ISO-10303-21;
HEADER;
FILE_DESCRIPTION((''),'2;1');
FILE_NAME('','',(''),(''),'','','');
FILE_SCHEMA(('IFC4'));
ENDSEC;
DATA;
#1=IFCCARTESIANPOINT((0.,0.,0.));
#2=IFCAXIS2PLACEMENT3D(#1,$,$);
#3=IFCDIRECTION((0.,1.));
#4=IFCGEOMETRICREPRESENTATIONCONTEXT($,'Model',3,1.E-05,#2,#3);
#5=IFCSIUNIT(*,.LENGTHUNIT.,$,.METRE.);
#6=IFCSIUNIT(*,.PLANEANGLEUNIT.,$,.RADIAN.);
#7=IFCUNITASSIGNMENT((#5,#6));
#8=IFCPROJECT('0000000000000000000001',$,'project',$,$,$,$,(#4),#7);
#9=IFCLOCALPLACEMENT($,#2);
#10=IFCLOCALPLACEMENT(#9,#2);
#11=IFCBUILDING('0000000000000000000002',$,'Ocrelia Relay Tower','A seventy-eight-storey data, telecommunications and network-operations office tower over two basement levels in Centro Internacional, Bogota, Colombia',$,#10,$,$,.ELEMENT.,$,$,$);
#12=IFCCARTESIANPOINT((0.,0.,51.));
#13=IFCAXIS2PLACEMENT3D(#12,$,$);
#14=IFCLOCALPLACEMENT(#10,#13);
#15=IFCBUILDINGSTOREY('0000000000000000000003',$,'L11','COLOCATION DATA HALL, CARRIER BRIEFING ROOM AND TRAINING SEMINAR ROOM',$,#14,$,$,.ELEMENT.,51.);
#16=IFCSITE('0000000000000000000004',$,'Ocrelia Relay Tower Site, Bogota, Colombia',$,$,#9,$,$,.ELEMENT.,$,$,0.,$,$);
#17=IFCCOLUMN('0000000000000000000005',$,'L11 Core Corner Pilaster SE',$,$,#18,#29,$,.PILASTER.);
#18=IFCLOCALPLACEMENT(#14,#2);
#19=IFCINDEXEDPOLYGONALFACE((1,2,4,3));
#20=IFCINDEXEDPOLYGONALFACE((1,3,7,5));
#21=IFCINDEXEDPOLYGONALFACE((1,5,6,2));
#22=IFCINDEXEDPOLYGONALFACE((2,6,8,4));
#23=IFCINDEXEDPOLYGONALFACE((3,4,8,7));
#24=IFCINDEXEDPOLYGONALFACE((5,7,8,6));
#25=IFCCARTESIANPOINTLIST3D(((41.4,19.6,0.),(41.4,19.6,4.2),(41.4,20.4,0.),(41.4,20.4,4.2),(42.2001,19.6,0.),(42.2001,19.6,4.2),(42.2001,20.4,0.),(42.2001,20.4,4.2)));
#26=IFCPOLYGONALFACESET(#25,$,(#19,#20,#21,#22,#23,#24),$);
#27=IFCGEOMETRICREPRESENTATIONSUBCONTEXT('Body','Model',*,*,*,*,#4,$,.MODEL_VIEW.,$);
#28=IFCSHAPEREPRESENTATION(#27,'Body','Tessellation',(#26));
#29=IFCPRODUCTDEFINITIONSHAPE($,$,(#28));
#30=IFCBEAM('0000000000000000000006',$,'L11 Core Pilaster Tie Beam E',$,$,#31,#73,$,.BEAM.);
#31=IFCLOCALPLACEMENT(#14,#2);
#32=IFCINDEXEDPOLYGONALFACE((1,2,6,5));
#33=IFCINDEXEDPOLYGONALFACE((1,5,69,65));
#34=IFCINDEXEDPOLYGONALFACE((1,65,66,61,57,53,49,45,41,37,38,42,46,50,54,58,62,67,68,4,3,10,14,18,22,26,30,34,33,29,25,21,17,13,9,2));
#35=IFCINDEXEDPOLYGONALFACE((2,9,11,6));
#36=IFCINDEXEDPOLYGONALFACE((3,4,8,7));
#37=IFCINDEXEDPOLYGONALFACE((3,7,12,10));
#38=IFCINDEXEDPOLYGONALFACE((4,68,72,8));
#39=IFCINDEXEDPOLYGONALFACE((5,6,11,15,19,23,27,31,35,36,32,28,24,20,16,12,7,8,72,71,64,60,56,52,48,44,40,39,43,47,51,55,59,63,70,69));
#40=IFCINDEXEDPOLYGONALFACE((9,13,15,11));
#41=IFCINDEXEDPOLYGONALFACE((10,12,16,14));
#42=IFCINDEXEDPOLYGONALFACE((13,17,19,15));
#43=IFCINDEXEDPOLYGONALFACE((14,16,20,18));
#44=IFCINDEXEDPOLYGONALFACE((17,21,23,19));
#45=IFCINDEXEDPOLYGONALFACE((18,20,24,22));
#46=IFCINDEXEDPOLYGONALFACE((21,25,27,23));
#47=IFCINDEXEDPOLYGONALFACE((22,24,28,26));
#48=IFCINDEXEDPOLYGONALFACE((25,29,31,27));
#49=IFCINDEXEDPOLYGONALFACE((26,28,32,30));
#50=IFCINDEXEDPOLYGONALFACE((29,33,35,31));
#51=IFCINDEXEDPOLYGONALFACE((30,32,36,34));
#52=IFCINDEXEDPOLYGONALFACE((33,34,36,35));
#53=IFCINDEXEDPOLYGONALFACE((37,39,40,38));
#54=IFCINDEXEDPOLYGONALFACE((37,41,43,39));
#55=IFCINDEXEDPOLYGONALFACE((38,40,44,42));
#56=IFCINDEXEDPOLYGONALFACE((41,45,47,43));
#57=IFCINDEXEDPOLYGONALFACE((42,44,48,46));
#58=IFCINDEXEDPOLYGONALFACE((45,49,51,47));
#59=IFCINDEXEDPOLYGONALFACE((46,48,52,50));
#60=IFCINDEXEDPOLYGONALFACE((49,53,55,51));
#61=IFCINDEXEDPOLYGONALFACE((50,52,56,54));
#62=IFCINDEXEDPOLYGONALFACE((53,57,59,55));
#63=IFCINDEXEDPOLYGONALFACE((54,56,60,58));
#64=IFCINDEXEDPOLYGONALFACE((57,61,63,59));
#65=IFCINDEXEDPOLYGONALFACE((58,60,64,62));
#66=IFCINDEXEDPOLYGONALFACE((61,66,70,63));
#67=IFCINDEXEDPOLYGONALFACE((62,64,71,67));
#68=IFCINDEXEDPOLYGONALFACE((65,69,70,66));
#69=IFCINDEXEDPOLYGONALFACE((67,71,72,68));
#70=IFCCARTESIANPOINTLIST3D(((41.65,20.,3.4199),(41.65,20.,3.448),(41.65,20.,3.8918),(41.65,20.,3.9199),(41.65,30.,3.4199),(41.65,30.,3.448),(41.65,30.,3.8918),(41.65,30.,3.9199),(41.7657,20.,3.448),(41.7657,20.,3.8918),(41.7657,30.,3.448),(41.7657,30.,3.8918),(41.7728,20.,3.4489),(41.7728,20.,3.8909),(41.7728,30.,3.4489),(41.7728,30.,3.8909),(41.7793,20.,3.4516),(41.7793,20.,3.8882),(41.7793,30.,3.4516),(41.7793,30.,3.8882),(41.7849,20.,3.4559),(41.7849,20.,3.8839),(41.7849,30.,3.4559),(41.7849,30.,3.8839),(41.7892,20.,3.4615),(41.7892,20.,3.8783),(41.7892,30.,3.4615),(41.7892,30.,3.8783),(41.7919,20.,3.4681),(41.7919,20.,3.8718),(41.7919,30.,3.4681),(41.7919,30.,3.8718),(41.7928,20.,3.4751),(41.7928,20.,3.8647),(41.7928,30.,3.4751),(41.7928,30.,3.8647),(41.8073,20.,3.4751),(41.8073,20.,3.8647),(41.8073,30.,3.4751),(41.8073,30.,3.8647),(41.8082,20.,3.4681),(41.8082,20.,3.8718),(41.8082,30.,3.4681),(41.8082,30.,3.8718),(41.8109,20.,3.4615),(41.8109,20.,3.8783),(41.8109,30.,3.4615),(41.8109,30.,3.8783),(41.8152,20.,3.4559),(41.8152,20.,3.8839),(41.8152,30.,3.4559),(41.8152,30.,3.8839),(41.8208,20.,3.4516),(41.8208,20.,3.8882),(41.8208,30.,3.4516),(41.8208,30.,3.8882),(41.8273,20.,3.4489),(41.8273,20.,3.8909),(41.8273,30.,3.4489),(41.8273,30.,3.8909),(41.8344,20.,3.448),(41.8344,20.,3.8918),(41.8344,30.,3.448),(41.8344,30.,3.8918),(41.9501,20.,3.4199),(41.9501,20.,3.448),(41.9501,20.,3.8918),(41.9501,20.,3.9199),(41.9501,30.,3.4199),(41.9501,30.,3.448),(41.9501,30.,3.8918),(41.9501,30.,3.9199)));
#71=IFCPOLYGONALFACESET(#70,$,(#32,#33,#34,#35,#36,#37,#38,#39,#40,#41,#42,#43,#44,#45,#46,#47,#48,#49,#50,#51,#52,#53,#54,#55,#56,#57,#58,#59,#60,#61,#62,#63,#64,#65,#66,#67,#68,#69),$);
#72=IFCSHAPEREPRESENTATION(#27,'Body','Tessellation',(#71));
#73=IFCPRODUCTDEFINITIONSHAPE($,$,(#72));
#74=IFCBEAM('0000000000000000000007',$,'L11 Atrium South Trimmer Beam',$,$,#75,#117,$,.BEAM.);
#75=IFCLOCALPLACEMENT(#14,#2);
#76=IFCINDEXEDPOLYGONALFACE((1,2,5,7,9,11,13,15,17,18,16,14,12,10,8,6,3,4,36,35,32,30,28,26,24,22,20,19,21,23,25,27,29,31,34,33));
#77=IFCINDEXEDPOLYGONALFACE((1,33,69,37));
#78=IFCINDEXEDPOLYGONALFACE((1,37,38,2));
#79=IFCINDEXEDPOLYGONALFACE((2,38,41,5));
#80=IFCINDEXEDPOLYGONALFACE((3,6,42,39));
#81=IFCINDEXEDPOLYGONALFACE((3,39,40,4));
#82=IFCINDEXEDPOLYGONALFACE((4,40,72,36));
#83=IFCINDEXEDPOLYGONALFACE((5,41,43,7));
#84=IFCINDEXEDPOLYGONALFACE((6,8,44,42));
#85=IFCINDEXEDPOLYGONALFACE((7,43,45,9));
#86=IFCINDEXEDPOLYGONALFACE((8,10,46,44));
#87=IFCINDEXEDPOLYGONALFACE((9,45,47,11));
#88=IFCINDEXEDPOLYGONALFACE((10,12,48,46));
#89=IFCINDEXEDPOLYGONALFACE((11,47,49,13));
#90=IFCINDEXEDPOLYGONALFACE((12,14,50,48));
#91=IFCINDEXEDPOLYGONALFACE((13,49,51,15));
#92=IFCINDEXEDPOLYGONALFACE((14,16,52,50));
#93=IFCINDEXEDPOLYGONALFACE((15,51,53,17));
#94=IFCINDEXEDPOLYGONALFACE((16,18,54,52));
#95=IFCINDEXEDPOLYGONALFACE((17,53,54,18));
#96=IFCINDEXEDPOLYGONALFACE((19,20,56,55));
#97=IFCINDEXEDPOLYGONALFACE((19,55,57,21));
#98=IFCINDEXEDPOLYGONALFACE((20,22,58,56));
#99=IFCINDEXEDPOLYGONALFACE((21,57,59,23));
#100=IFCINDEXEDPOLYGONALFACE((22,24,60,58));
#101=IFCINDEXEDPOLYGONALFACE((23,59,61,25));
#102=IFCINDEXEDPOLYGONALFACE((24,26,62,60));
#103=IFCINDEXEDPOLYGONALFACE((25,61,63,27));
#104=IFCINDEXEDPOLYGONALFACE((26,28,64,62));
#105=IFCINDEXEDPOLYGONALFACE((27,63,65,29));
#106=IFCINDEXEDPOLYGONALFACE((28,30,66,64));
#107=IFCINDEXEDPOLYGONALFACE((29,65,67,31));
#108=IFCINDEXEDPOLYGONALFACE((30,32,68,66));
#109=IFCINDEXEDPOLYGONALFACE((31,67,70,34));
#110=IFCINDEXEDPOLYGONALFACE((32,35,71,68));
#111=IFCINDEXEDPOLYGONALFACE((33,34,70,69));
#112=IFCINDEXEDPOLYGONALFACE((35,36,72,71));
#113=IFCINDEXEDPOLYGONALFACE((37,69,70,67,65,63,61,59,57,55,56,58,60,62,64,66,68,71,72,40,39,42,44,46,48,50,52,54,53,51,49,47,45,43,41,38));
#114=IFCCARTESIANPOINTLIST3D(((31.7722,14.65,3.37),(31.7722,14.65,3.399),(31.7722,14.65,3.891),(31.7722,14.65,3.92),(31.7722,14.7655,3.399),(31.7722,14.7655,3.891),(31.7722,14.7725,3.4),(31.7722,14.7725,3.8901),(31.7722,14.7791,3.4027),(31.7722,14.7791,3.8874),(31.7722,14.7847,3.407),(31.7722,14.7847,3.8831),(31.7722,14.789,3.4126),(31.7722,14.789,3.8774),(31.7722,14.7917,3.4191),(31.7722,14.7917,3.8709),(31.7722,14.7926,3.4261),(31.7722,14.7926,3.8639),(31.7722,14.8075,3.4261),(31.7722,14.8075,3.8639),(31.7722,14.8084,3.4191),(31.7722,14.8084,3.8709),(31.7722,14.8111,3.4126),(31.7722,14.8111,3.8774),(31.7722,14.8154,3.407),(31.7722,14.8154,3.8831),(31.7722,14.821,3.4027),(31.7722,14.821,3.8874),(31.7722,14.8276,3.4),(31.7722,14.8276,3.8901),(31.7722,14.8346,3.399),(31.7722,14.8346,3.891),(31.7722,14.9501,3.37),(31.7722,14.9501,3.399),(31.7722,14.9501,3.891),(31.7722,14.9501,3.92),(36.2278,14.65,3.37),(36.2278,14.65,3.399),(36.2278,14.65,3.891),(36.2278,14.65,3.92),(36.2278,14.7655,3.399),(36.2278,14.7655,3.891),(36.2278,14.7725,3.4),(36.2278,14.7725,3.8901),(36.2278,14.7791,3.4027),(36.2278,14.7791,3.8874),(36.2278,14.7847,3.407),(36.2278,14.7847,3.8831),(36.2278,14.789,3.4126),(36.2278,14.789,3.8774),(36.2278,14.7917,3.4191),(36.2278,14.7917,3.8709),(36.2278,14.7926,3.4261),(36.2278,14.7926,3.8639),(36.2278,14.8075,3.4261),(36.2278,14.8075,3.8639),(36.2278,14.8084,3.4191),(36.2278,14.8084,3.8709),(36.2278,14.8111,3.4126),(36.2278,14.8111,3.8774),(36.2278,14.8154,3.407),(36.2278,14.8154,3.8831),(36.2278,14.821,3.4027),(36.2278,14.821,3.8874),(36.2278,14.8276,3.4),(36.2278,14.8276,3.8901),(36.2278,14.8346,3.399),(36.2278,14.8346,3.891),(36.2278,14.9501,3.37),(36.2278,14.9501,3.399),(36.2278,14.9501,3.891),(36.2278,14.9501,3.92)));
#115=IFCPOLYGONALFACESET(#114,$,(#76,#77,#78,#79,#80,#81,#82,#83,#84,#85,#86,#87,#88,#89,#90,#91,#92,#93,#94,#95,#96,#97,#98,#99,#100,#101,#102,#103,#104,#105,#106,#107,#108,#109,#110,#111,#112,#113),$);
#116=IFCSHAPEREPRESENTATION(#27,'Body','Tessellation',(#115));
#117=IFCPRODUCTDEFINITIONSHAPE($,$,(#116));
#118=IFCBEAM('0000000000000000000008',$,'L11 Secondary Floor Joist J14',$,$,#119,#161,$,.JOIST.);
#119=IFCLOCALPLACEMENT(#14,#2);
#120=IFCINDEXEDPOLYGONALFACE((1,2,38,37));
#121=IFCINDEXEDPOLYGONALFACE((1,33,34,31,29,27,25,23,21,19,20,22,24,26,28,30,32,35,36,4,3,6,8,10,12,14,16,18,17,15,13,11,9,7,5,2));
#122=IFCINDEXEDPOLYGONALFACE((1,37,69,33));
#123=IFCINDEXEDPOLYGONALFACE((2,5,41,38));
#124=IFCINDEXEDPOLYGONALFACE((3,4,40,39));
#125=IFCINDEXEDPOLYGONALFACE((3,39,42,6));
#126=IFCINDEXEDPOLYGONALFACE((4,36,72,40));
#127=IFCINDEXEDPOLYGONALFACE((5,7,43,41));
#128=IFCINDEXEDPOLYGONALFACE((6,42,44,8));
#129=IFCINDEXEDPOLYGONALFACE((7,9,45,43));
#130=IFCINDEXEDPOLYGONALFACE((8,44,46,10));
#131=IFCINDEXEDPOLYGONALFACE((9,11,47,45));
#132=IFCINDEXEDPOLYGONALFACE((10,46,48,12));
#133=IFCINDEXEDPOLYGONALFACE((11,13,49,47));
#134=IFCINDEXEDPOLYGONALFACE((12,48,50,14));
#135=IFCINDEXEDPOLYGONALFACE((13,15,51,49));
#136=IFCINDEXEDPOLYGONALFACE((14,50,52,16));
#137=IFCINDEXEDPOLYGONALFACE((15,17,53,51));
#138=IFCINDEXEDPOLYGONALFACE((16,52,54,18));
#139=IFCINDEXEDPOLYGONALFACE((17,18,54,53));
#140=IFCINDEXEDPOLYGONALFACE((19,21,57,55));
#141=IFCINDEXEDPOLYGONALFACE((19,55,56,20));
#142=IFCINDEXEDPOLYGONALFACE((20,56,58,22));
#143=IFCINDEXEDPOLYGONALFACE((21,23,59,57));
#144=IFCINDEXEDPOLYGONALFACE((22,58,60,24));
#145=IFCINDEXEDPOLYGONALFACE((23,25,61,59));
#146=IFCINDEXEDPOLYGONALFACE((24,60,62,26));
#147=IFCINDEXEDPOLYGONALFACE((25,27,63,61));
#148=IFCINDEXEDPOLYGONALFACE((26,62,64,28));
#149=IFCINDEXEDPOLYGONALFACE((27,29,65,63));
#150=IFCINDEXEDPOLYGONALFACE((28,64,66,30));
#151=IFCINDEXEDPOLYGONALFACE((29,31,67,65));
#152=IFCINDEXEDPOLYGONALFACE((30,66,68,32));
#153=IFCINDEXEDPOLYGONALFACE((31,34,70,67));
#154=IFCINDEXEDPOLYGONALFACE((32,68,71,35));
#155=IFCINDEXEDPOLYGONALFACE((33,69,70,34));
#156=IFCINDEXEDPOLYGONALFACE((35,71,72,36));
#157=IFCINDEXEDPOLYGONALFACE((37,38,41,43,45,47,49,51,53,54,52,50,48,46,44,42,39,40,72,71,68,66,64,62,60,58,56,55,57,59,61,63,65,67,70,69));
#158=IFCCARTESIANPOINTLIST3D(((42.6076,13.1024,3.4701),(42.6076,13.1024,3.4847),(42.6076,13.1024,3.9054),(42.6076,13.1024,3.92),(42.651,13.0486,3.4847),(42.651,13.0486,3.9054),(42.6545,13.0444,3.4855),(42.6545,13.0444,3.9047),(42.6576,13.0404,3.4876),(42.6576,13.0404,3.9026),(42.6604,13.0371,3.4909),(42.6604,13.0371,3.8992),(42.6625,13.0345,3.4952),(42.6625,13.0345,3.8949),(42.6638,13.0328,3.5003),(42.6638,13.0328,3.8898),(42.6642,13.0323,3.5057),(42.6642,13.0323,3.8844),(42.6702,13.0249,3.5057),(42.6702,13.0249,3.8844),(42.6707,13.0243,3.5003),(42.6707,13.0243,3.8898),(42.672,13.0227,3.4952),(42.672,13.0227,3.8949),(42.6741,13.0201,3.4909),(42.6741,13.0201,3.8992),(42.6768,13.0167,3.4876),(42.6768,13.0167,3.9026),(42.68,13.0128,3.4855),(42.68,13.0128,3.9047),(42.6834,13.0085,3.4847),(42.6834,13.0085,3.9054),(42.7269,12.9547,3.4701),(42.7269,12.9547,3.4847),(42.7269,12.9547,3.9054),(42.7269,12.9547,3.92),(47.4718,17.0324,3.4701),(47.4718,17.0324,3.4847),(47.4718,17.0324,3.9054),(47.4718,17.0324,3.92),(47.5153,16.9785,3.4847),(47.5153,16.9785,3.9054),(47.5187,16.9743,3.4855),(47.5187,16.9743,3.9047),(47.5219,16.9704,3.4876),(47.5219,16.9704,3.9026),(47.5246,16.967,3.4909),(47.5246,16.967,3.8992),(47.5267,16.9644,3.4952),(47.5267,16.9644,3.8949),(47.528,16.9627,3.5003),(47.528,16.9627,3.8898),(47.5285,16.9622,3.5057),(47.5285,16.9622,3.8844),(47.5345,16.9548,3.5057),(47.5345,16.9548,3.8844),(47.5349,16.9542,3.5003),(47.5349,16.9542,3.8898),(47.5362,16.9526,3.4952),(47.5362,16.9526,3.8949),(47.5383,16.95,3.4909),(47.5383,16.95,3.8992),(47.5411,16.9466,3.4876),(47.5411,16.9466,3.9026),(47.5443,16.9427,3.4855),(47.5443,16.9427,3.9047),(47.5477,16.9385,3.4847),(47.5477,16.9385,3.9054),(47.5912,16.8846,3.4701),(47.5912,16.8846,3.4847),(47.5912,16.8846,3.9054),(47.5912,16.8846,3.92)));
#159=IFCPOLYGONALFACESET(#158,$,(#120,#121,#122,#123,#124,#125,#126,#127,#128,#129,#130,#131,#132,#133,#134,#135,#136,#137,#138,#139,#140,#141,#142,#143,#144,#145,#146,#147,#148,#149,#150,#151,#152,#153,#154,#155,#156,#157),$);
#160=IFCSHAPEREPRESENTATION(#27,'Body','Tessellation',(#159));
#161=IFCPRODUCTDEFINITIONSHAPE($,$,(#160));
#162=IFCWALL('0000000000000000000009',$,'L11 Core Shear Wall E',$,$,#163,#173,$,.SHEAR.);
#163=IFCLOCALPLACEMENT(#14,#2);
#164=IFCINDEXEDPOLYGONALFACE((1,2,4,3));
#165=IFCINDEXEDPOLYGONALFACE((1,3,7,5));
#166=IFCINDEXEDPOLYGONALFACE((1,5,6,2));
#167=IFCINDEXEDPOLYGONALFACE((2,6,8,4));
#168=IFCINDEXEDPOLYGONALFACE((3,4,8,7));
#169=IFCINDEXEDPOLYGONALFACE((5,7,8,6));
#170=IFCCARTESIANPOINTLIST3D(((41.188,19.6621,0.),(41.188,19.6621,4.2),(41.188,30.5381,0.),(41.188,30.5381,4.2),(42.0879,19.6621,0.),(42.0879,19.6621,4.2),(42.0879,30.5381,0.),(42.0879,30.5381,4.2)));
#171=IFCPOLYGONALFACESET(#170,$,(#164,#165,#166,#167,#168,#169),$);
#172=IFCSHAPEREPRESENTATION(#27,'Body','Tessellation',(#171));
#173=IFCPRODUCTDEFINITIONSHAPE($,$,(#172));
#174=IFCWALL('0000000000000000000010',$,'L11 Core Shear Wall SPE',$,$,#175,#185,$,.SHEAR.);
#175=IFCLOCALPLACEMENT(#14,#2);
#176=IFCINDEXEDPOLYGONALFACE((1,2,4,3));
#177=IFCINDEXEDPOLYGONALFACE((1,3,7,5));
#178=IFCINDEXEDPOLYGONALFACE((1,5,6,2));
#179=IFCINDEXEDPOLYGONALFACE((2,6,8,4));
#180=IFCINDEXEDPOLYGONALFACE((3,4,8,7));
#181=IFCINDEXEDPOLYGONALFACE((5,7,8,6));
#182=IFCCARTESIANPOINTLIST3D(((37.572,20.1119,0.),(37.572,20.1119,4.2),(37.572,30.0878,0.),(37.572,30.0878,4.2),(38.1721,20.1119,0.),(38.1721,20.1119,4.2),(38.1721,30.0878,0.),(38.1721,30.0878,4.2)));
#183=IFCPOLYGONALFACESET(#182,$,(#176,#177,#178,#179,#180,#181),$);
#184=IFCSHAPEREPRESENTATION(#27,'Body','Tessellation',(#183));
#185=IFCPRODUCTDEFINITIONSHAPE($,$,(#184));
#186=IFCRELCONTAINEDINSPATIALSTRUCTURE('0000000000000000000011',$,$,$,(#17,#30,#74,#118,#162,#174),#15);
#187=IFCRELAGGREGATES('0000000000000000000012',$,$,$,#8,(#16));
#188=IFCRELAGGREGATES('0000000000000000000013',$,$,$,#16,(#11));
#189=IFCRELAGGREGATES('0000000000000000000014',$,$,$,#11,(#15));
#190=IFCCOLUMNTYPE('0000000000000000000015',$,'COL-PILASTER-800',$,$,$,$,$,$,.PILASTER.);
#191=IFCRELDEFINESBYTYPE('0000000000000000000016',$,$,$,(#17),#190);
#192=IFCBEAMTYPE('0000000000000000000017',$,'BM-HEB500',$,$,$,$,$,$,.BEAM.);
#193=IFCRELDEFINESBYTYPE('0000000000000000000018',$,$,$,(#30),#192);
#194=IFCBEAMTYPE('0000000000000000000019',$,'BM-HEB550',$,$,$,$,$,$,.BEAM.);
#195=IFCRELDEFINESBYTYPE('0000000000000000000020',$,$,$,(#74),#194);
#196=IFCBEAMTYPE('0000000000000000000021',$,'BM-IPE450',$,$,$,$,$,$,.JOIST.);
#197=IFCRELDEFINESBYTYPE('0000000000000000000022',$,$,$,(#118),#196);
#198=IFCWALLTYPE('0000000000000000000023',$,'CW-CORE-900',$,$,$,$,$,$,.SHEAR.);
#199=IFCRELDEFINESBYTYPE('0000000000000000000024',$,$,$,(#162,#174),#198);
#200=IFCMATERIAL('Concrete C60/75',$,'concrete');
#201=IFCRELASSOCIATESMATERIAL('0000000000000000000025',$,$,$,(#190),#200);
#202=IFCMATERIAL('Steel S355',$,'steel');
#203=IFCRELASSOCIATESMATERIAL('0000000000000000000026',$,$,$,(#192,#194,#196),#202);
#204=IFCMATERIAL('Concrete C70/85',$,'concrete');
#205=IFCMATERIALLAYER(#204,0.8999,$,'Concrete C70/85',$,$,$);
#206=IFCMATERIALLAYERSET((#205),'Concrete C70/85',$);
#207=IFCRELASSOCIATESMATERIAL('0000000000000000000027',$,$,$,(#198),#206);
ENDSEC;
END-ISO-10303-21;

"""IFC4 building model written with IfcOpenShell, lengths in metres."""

from ifc_helpers import new_model, si_unit, direction, frame, frame_2d, origin, origin_2d, place, context, subcontext, project, spatial, rectangle, i_section, extrude, material, layer, layer_set, material_profile, profile_set, type_object, element, save


model = new_model("IFC4")

# Units and contexts
model_context = context("Model", 3, precision=1e-05, world=origin(), true_north=direction((0.0, 1.0)))
body_context = subcontext(model_context, "Body", "Model", "MODEL_VIEW")
ifc_project = project(units=[si_unit("LENGTHUNIT", "METRE"), si_unit("PLANEANGLEUNIT", "RADIAN")], contexts=[model_context])

# Site, building, storey
site_placement = place(None, origin())
site = spatial("IfcSite", under=ifc_project, at=site_placement, Name="Ocrelia Relay Tower Site, Bogota, Colombia", CompositionType="ELEMENT", RefElevation=0.0)
building_placement = place(site_placement, origin())
building = spatial("IfcBuilding", under=site, at=building_placement, Name="Ocrelia Relay Tower", Description="A seventy-eight-storey data, telecommunications and network-operations office tower over two basement levels in Centro Internacional, Bogota, Colombia", CompositionType="ELEMENT")
storey_placement = place(building_placement, frame((0.0, 0.0, 51.0)))
storey = spatial("IfcBuildingStorey", under=building, at=storey_placement, Name="L11", Description="COLOCATION DATA HALL, CARRIER BRIEFING ROOM AND TRAINING SEMINAR ROOM", CompositionType="ELEMENT", Elevation=51.0)

# Column
ifc_material_1 = material(Name="Concrete C60/75", Category="concrete")
ifc_material_profile_1 = material_profile(ifc_material_1, rectangle(XDim=0.8, YDim=0.8, at=origin_2d()), Name="RC-COL-800x800")
ifc_profile_set_1 = profile_set([ifc_material_profile_1], Name="Concrete C60/75")
column_type = type_object("IfcColumnType", Name="COL-PILASTER-800", PredefinedType="PILASTER", material=ifc_profile_set_1)
column_placement = place(storey_placement, frame((41.8, 20.0, 0.0), z_axis=(0.0, 0.0, 1.0), x_axis=(1.0, 0.0, 0.0)))
element("IfcColumn", 1, at=column_placement, inside=storey, type_object=column_type, Name="L11 Core Corner Pilaster SE", PredefinedType="PILASTER", context=body_context, shape_type="SweptSolid", body=[
    extrude(rectangle(XDim=0.8, YDim=0.8, at=origin_2d()), origin(), (0.0, 0.0, 1.0), 4.2),
])

# Beams
ifc_material_2 = material(Name="Steel S355", Category="steel")
ifc_material_profile_2 = material_profile(ifc_material_2, i_section(OverallWidth=0.3, OverallDepth=0.5, WebThickness=0.0144, FlangeThickness=0.0281, FilletRadius=0.0271, at=origin_2d()), Name="HEB 500")
ifc_profile_set_2 = profile_set([ifc_material_profile_2], Name="Steel S355")
beam_type_1 = type_object("IfcBeamType", Name="BM-HEB500", PredefinedType="BEAM", material=ifc_profile_set_2)
beam_1_placement = place(storey_placement, frame((41.8, 20.0, 3.6699), z_axis=(0.0, 1.0, 0.0), x_axis=(-1.0, 0.0, 0.0)))
element("IfcBeam", 2, at=beam_1_placement, inside=storey, type_object=beam_type_1, Name="L11 Core Pilaster Tie Beam E", PredefinedType="BEAM", context=body_context, shape_type="SweptSolid", body=[
    extrude(i_section(OverallWidth=0.3, OverallDepth=0.5, WebThickness=0.0144, FlangeThickness=0.0281, FilletRadius=0.0271, at=origin_2d()), origin(), (0.0, 0.0, 1.0), 10.0),
])
ifc_material_profile_3 = material_profile(ifc_material_2, i_section(OverallWidth=0.3, OverallDepth=0.55, WebThickness=0.0149, FlangeThickness=0.0291, FilletRadius=0.0271, at=origin_2d()), Name="HEB 550")
ifc_profile_set_3 = profile_set([ifc_material_profile_3], Name="Steel S355")
beam_type_2 = type_object("IfcBeamType", Name="BM-HEB550", PredefinedType="BEAM", material=ifc_profile_set_3)
beam_2_placement = place(storey_placement, frame((31.7722, 14.8, 3.645), z_axis=(1.0, 0.0, 0.0), x_axis=(0.0, 1.0, 0.0)))
element("IfcBeam", 3, at=beam_2_placement, inside=storey, type_object=beam_type_2, Name="L11 Atrium South Trimmer Beam", PredefinedType="BEAM", context=body_context, shape_type="SweptSolid", body=[
    extrude(i_section(OverallWidth=0.3, OverallDepth=0.55, WebThickness=0.0149, FlangeThickness=0.0291, FilletRadius=0.0271, at=origin_2d()), origin(), (0.0, 0.0, 1.0), 4.4556),
])
ifc_material_profile_4 = material_profile(ifc_material_2, i_section(OverallWidth=0.1899, OverallDepth=0.45, WebThickness=0.0095, FlangeThickness=0.0146, FilletRadius=0.021, at=origin_2d()), Name="IPE 450")
ifc_profile_set_4 = profile_set([ifc_material_profile_4], Name="Steel S355")
beam_type_3 = type_object("IfcBeamType", Name="BM-IPE450", PredefinedType="JOIST", material=ifc_profile_set_4)
beam_3_placement = place(storey_placement, frame((42.6672, 13.0286, 3.6951), z_axis=(0.777855, 0.628444, 0.0), x_axis=(-0.628444, 0.777855, 0.0)))
element("IfcBeam", 4, at=beam_3_placement, inside=storey, type_object=beam_type_3, Name="L11 Secondary Floor Joist J14", PredefinedType="JOIST", context=body_context, shape_type="SweptSolid", body=[
    extrude(i_section(OverallWidth=0.1899, OverallDepth=0.45, WebThickness=0.0095, FlangeThickness=0.0146, FilletRadius=0.021, at=origin_2d()), origin(), (0.0, 0.0, 1.0), 6.2534),
])

# Walls
ifc_material_3 = material(Name="Concrete C70/85", Category="concrete")
ifc_layer_1 = layer(ifc_material_3, 0.8999, Name="Concrete C70/85")
ifc_layer_set_1 = layer_set([ifc_layer_1], Name="Concrete C70/85")
wall_type_1 = type_object("IfcWallType", Name="CW-CORE-900", PredefinedType="SHEAR", material=ifc_layer_set_1)
wall_1_placement = place(storey_placement, frame((41.6379, 19.6621, 0.0), z_axis=(0.0, 0.0, 1.0), x_axis=(0.0, 1.0, 0.0)))
element("IfcWall", 5, at=wall_1_placement, inside=storey, type_object=wall_type_1, Name="L11 Core Shear Wall E", PredefinedType="SHEAR", context=body_context, shape_type="SweptSolid", body=[
    extrude(rectangle(XDim=10.876, YDim=0.8999, at=frame_2d((5.438, 0.0))), origin(), (0.0, 0.0, 1.0), 4.2),
])
wall_2_placement = place(storey_placement, frame((37.8721, 20.1121, 0.0), z_axis=(0.0, 0.0, 1.0), x_axis=(0.0, 1.0, 0.0)))
element("IfcWall", 6, at=wall_2_placement, inside=storey, type_object=wall_type_1, Name="L11 Core Shear Wall SPE", PredefinedType="SHEAR", context=body_context, shape_type="SweptSolid", body=[
    extrude(rectangle(XDim=9.9758, YDim=0.6001, at=frame_2d((4.9878, 0.0))), origin(), (0.0, 0.0, 1.0), 4.2),
])

save(model, "model.ifc")
